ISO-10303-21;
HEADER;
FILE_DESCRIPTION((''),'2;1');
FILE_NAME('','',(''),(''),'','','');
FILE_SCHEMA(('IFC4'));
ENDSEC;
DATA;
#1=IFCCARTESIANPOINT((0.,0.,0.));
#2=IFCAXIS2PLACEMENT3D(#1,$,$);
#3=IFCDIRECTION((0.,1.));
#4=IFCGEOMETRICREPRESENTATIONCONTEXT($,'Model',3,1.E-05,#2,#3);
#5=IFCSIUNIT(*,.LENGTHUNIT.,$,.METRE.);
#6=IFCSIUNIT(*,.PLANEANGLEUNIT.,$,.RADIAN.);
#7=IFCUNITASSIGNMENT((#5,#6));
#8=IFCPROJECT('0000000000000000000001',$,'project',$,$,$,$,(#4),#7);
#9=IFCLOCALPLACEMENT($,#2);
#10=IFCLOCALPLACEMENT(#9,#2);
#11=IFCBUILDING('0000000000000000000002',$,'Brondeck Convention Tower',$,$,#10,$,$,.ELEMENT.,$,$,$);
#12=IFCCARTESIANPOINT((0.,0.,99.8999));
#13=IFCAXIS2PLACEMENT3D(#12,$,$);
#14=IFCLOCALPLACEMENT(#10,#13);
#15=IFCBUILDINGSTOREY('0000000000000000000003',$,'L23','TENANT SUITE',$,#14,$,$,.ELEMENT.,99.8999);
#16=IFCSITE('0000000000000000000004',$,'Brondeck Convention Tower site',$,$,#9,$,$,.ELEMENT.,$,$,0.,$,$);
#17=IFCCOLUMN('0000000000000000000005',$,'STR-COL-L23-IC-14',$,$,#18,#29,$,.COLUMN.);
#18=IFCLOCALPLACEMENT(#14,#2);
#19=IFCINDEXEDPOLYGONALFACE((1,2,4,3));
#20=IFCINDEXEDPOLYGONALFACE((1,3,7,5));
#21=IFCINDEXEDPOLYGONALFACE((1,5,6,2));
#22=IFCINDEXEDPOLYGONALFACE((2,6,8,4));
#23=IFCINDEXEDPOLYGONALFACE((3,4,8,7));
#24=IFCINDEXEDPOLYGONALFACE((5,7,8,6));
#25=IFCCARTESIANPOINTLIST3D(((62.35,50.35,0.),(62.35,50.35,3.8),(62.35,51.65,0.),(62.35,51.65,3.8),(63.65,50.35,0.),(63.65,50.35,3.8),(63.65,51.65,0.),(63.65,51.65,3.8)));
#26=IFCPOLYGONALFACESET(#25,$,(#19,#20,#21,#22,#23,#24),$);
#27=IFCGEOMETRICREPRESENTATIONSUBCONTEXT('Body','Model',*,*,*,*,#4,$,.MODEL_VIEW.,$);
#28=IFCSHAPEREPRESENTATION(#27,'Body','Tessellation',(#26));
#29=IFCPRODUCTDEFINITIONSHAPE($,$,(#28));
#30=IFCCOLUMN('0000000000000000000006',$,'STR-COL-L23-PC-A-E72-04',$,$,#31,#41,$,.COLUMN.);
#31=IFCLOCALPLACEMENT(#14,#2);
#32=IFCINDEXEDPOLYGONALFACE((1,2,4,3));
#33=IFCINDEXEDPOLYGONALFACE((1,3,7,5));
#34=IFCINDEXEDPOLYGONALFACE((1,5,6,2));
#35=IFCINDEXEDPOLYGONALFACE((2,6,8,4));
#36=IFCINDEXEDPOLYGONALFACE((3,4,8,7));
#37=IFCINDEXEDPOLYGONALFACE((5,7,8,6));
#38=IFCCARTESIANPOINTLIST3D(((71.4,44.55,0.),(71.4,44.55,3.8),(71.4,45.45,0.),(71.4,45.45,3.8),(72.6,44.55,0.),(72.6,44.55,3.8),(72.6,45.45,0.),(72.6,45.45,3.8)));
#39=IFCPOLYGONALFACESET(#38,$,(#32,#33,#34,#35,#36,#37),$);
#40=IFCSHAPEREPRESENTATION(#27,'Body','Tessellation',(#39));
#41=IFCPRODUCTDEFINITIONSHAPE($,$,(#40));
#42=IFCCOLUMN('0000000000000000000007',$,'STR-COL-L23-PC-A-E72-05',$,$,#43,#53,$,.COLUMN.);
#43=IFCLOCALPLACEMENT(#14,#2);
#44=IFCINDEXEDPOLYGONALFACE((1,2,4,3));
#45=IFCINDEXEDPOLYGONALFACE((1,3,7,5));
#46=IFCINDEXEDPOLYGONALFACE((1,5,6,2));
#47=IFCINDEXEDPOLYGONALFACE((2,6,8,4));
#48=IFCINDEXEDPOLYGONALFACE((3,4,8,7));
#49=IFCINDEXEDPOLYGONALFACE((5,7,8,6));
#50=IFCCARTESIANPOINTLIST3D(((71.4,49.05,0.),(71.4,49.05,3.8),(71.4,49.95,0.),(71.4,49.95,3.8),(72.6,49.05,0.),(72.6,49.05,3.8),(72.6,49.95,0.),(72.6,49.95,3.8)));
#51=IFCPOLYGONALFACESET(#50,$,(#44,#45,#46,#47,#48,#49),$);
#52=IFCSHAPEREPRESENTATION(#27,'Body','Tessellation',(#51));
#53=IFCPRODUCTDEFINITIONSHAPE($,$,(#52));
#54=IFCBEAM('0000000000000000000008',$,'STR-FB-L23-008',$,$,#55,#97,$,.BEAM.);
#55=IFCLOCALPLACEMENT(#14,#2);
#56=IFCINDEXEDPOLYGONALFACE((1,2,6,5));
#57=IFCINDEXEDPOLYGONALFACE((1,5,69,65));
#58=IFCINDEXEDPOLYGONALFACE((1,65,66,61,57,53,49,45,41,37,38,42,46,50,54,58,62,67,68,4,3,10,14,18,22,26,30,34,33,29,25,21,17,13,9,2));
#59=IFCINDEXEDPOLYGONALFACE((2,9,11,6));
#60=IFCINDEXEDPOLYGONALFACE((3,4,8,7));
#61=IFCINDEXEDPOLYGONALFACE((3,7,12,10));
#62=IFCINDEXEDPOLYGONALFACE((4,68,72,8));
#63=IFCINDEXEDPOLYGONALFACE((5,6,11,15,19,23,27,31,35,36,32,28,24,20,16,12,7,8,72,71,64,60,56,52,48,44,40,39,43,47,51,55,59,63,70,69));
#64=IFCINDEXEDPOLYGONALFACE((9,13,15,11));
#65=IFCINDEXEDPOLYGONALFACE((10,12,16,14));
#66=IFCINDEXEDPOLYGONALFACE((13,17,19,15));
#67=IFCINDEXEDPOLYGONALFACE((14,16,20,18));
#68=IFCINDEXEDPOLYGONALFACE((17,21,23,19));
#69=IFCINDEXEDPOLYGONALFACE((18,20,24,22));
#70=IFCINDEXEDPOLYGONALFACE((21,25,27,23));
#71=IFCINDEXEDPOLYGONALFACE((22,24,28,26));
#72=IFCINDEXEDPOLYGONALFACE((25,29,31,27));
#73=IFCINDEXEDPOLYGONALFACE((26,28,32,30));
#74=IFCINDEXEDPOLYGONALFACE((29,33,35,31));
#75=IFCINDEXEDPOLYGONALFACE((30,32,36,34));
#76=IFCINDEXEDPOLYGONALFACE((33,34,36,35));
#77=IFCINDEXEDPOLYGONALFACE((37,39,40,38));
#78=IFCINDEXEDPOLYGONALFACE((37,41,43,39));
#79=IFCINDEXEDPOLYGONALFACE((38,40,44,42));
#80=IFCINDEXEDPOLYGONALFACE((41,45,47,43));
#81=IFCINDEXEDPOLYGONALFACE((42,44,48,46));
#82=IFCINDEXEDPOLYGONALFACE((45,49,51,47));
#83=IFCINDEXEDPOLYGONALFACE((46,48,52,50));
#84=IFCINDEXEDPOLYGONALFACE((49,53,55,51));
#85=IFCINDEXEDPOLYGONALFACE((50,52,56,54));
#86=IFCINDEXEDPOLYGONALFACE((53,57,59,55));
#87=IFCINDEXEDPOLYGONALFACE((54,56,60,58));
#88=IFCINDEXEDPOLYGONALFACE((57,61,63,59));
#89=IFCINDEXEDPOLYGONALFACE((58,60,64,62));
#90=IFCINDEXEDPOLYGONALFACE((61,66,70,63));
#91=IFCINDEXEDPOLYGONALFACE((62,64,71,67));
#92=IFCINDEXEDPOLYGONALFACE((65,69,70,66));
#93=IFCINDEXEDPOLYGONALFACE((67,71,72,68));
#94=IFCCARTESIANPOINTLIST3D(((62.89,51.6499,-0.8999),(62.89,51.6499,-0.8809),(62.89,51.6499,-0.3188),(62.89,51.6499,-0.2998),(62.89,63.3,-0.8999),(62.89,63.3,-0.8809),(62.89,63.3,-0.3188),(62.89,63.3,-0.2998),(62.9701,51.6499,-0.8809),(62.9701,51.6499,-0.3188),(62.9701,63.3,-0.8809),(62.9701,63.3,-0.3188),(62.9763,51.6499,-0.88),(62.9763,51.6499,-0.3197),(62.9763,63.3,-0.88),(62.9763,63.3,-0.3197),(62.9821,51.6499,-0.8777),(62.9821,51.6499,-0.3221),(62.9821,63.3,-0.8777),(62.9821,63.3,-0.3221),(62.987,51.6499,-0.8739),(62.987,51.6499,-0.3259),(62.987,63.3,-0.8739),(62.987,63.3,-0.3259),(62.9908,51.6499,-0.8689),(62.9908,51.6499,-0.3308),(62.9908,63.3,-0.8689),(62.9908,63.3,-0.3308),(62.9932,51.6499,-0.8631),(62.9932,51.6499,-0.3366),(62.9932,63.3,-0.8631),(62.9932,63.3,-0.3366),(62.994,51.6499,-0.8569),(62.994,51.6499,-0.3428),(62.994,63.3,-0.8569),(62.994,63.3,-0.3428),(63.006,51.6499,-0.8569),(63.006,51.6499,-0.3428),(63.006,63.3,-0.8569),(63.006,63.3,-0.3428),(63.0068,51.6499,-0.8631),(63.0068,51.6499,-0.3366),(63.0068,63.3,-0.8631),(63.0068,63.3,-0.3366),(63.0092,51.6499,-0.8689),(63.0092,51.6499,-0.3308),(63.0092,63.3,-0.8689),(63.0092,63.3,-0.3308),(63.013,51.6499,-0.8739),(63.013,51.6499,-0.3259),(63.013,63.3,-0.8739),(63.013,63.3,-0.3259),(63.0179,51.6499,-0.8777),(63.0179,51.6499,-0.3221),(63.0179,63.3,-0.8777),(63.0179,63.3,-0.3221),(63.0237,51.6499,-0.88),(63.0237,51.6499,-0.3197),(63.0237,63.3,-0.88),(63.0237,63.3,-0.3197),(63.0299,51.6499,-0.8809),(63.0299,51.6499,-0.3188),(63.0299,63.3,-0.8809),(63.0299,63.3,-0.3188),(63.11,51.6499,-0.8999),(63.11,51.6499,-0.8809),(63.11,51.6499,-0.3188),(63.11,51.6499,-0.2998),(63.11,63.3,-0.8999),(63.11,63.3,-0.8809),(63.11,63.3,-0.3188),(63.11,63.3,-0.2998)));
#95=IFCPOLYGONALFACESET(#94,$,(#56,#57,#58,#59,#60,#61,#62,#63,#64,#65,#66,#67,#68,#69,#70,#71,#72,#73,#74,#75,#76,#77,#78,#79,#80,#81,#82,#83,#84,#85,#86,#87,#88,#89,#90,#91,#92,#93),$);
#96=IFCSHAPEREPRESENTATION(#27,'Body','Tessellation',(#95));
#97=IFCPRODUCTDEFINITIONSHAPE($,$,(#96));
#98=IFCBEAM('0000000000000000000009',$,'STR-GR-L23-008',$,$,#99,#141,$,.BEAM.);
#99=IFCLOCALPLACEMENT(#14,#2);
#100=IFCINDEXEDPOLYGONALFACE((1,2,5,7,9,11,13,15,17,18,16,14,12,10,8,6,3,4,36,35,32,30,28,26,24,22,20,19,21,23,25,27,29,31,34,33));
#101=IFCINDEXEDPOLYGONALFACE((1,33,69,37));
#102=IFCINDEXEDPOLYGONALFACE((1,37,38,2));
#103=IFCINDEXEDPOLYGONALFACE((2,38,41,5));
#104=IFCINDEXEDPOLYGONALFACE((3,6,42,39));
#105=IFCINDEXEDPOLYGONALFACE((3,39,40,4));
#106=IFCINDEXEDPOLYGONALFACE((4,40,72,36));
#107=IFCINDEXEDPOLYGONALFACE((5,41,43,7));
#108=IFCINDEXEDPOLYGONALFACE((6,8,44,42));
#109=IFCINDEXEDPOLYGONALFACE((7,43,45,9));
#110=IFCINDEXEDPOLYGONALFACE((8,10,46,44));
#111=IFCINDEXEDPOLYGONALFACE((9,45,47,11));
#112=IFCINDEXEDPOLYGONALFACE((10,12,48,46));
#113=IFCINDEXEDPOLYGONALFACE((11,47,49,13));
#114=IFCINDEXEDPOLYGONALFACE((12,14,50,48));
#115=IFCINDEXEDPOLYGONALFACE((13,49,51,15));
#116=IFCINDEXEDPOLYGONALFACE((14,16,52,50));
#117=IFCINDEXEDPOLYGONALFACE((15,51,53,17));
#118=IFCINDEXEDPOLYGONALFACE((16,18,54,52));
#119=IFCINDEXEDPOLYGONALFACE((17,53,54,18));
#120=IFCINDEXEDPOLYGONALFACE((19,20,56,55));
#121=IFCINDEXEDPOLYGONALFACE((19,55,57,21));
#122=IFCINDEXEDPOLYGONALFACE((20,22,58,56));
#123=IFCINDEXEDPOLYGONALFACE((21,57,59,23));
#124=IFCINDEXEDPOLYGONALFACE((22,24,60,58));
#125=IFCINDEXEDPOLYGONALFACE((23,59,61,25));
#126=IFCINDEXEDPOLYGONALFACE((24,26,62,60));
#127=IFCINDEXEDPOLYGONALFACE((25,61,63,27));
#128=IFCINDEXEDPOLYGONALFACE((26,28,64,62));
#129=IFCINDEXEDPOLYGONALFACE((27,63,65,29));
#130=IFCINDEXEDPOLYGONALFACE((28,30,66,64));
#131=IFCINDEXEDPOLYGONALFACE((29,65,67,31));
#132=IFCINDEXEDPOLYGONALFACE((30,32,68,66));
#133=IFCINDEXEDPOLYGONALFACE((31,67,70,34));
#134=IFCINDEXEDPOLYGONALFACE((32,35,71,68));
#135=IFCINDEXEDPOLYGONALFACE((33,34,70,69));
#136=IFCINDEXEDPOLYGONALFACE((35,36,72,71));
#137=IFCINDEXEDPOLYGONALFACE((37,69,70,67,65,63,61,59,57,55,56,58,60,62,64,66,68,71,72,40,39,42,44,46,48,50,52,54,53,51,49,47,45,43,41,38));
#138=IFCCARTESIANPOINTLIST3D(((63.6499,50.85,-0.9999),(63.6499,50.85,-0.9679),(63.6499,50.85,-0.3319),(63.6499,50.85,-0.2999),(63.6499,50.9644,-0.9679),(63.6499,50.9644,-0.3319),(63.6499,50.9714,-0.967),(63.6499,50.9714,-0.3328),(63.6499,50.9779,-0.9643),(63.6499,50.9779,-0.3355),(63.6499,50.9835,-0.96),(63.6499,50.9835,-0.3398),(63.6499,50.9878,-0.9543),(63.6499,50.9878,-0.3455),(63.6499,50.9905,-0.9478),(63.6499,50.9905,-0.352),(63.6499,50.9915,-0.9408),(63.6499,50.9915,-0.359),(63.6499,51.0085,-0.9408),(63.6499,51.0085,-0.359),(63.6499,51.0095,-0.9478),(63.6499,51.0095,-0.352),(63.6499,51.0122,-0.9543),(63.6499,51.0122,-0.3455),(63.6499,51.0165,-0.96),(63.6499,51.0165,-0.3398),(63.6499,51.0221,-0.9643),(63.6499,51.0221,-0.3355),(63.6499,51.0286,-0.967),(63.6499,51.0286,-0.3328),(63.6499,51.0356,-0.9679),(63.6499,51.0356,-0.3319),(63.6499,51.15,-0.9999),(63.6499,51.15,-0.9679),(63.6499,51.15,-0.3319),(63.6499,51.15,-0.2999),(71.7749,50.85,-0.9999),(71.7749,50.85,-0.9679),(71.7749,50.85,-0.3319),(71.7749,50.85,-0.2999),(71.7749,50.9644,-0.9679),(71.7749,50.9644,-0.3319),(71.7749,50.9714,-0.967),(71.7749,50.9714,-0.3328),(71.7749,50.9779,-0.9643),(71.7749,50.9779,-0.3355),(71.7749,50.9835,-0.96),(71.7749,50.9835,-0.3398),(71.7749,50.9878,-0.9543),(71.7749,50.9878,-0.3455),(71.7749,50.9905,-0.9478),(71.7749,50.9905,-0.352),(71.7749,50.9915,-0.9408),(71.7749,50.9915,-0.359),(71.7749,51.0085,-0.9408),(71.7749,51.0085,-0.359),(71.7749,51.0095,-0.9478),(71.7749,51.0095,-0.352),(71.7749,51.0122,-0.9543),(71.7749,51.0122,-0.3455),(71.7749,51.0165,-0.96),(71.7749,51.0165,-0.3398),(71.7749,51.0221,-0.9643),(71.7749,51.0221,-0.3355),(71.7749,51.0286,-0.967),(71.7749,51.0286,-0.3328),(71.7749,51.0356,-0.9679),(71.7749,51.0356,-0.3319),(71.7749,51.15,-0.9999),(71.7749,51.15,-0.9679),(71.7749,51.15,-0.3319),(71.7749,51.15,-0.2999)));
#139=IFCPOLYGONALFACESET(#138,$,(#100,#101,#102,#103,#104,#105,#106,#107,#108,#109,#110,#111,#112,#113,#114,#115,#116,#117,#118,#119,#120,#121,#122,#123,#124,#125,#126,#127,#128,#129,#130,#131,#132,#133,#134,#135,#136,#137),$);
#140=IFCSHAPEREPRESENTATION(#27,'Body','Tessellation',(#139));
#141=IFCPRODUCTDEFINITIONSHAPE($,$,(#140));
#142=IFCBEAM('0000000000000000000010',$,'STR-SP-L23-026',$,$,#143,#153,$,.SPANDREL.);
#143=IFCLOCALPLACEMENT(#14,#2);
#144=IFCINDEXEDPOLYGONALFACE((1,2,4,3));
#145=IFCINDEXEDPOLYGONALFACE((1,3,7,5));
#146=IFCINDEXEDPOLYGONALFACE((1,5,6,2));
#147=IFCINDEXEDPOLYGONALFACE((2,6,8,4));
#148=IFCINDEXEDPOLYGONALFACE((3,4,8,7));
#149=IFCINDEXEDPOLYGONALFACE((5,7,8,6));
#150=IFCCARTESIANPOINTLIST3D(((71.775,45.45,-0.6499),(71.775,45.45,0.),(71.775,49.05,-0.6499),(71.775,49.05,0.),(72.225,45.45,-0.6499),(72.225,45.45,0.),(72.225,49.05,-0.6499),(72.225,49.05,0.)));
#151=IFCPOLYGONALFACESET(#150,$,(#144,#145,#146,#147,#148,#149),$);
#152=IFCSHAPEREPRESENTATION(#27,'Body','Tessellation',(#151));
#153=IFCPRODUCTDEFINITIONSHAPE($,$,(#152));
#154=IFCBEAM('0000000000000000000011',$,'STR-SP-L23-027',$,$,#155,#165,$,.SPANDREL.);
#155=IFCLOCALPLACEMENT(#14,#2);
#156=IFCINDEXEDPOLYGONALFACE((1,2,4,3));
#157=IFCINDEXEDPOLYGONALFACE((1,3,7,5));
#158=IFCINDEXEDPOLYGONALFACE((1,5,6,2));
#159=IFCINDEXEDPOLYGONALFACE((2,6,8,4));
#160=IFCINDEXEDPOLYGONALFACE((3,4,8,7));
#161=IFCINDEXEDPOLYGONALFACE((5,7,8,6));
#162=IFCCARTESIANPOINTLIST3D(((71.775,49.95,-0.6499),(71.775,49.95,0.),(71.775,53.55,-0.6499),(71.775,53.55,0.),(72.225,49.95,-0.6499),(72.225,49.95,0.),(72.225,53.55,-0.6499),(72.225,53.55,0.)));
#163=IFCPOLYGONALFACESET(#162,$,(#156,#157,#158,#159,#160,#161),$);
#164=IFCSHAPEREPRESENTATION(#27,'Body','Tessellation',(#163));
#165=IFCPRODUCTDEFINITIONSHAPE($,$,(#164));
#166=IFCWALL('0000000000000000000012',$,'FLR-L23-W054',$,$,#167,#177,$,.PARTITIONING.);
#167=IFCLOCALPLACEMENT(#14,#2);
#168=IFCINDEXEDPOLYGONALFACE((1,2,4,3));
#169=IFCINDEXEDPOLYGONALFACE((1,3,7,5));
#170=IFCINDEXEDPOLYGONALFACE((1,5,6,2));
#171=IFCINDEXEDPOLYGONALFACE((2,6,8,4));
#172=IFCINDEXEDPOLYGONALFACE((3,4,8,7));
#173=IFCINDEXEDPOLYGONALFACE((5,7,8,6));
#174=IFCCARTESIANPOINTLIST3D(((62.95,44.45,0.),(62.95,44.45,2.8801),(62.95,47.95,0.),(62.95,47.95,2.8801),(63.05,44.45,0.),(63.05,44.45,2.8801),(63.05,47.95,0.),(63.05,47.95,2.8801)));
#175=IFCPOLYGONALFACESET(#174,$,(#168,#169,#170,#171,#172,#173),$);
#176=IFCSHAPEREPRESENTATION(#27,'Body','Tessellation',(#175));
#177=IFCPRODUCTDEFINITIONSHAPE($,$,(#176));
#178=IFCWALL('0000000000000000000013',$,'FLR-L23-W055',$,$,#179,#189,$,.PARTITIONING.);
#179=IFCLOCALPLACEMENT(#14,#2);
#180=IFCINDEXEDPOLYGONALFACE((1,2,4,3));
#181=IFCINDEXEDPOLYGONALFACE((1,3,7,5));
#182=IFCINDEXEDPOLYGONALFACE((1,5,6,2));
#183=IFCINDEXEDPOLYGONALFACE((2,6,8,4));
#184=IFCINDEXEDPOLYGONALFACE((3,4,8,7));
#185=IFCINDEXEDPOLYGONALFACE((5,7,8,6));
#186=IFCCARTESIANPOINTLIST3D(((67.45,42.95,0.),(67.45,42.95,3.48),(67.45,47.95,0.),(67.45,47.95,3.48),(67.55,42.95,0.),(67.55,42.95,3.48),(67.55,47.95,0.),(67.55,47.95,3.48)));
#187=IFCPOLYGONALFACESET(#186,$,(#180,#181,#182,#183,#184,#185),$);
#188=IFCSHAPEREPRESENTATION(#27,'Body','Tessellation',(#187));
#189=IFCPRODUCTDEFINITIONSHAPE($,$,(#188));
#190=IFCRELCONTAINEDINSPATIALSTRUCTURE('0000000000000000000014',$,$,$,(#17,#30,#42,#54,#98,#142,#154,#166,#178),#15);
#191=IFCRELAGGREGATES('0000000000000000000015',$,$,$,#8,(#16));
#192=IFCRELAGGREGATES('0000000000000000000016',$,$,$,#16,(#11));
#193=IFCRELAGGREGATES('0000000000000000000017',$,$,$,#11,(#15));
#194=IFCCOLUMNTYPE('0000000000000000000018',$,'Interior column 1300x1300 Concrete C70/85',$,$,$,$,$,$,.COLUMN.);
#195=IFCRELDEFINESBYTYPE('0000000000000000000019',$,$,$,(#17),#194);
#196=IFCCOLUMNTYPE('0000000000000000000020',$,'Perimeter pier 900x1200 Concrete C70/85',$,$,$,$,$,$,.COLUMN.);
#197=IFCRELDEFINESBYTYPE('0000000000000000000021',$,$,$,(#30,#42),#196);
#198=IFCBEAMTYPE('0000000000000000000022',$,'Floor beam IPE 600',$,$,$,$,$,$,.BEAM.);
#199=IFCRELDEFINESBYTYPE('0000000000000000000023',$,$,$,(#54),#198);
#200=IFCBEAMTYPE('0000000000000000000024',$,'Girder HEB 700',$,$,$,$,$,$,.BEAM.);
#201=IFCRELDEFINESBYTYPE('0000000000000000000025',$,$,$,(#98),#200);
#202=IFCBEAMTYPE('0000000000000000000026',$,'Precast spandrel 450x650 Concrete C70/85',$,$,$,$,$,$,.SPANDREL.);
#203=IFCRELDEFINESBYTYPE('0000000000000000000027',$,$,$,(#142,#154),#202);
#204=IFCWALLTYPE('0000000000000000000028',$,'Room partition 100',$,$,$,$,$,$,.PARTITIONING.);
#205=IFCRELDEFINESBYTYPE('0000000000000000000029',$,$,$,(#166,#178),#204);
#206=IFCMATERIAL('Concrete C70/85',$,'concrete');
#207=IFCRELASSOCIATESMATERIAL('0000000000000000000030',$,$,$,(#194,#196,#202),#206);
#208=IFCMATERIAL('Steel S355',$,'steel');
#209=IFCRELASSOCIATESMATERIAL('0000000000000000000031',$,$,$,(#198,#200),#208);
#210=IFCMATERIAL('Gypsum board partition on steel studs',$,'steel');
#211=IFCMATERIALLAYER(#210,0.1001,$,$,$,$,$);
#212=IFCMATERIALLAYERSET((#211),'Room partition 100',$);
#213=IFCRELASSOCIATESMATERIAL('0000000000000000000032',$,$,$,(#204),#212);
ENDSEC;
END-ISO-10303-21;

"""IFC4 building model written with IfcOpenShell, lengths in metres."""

from ifc_helpers import new_model, si_unit, direction, frame, frame_2d, origin, origin_2d, place, context, subcontext, project, spatial, rectangle, i_section, extrude, material, layer, layer_set, material_profile, profile_set, type_object, element, save


model = new_model("IFC4")

# Units and contexts
model_context = context("Model", 3, precision=1e-05, world=origin(), true_north=direction((0.0, 1.0)))
body_context = subcontext(model_context, "Body", "Model", "MODEL_VIEW")
ifc_project = project(units=[si_unit("LENGTHUNIT", "METRE"), si_unit("PLANEANGLEUNIT", "RADIAN")], contexts=[model_context])

# Site, building, storey
site_placement = place(None, origin())
site = spatial("IfcSite", under=ifc_project, at=site_placement, Name="Brondeck Convention Tower site", CompositionType="ELEMENT", RefElevation=0.0)
building_placement = place(site_placement, origin())
building = spatial("IfcBuilding", under=site, at=building_placement, Name="Brondeck Convention Tower", CompositionType="ELEMENT")
storey_placement = place(building_placement, frame((0.0, 0.0, 99.8999)))
storey = spatial("IfcBuildingStorey", under=building, at=storey_placement, Name="L23", Description="TENANT SUITE", CompositionType="ELEMENT", Elevation=99.8999)

# Columns
ifc_material_1 = material(Name="Concrete C70/85", Category="concrete")
ifc_material_profile_1 = material_profile(ifc_material_1, rectangle(XDim=1.3, YDim=1.3, at=origin_2d()), Name="Interior column 1300x1300 Concrete C70/85")
ifc_profile_set_1 = profile_set([ifc_material_profile_1], Name="Concrete C70/85")
column_type_1 = type_object("IfcColumnType", Name="Interior column 1300x1300 Concrete C70/85", PredefinedType="COLUMN", material=ifc_profile_set_1)
column_placement = place(storey_placement, frame((63.0, 51.0, 0.0), z_axis=(0.0, 0.0, 1.0), x_axis=(1.0, 0.0, 0.0)))
element("IfcColumn", 1, at=column_placement, inside=storey, type_object=column_type_1, Name="STR-COL-L23-IC-14", PredefinedType="COLUMN", context=body_context, shape_type="SweptSolid", body=[
    extrude(rectangle(XDim=1.3, YDim=1.3, at=origin_2d()), origin(), (0.0, 0.0, 1.0), 3.8),
])
ifc_material_profile_2 = material_profile(ifc_material_1, rectangle(XDim=0.8999, YDim=1.2, at=origin_2d()), Name="Perimeter pier 900x1200 Concrete C70/85")
ifc_profile_set_2 = profile_set([ifc_material_profile_2], Name="Concrete C70/85")
column_type_2 = type_object("IfcColumnType", Name="Perimeter pier 900x1200 Concrete C70/85", PredefinedType="COLUMN", material=ifc_profile_set_2)
for number, where, z_axis, x_axis, name in (
    (2, (72.0, 45.0, 0.0), (0.0, 0.0, 1.0), (0.0, 1.0, 0.0), "STR-COL-L23-PC-A-E72-04"),
    (3, (72.0, 49.5, 0.0), (0.0, 0.0, 1.0), (0.0, 1.0, 0.0), "STR-COL-L23-PC-A-E72-05"),
):
    element("IfcColumn", number, at=place(storey_placement, frame(where, z_axis=z_axis, x_axis=x_axis)), inside=storey, type_object=column_type_2, Name=name, PredefinedType="COLUMN", context=body_context, shape_type="SweptSolid", body=[
        extrude(rectangle(XDim=0.8999, YDim=1.2, at=origin_2d()), origin(), (0.0, 0.0, 1.0), 3.8),
    ])

# Beams
ifc_material_2 = material(Name="Steel S355", Category="steel")
ifc_material_profile_3 = material_profile(ifc_material_2, i_section(OverallWidth=0.22, OverallDepth=0.6001, WebThickness=0.012, FlangeThickness=0.019, FilletRadius=0.0239, at=origin_2d()), Name="IPE 600")
ifc_profile_set_3 = profile_set([ifc_material_profile_3], Name="Steel S355")
beam_type_1 = type_object("IfcBeamType", Name="Floor beam IPE 600", PredefinedType="BEAM", material=ifc_profile_set_3)
beam_1_placement = place(storey_placement, frame((63.0, 51.6499, -0.5999), z_axis=(0.0, 1.0, 0.0), x_axis=(-1.0, 0.0, 0.0)))
element("IfcBeam", 4, at=beam_1_placement, inside=storey, type_object=beam_type_1, Name="STR-FB-L23-008", PredefinedType="BEAM", context=body_context, shape_type="SweptSolid", body=[
    extrude(i_section(OverallWidth=0.22, OverallDepth=0.6001, WebThickness=0.012, FlangeThickness=0.019, FilletRadius=0.0239, at=origin_2d()), origin(), (0.0, 0.0, 1.0), 11.6501),
])
ifc_material_profile_4 = material_profile(ifc_material_2, i_section(OverallWidth=0.3, OverallDepth=0.7, WebThickness=0.0171, FlangeThickness=0.032, FilletRadius=0.0271, at=origin_2d()), Name="HEB 700")
ifc_profile_set_4 = profile_set([ifc_material_profile_4], Name="Steel S355")
beam_type_2 = type_object("IfcBeamType", Name="Girder HEB 700", PredefinedType="BEAM", material=ifc_profile_set_4)
beam_2_placement = place(storey_placement, frame((63.6499, 51.0, -0.6499), z_axis=(1.0, 0.0, 0.0), x_axis=(0.0, 1.0, 0.0)))
element("IfcBeam", 5, at=beam_2_placement, inside=storey, type_object=beam_type_2, Name="STR-GR-L23-008", PredefinedType="BEAM", context=body_context, shape_type="SweptSolid", body=[
    extrude(i_section(OverallWidth=0.3, OverallDepth=0.7, WebThickness=0.0171, FlangeThickness=0.032, FilletRadius=0.0271, at=origin_2d()), origin(), (0.0, 0.0, 1.0), 8.125),
])
ifc_material_profile_5 = material_profile(ifc_material_1, rectangle(XDim=0.45, YDim=0.6499, at=origin_2d()), Name="Precast spandrel 450x650 Concrete C70/85")
ifc_profile_set_5 = profile_set([ifc_material_profile_5], Name="Concrete C70/85")
beam_type_3 = type_object("IfcBeamType", Name="Precast spandrel 450x650 Concrete C70/85", PredefinedType="SPANDREL", material=ifc_profile_set_5)
for number, where, z_axis, x_axis, name in (
    (6, (72.0, 45.45, -0.325), (0.0, 1.0, 0.0), (-1.0, 0.0, 0.0), "STR-SP-L23-026"),
    (7, (72.0, 49.95, -0.325), (0.0, 1.0, 0.0), (-1.0, 0.0, 0.0), "STR-SP-L23-027"),
):
    element("IfcBeam", number, at=place(storey_placement, frame(where, z_axis=z_axis, x_axis=x_axis)), inside=storey, type_object=beam_type_3, Name=name, PredefinedType="SPANDREL", context=body_context, shape_type="SweptSolid", body=[
        extrude(rectangle(XDim=0.45, YDim=0.6499, at=origin_2d()), origin(), (0.0, 0.0, 1.0), 3.6001),
    ])

# Walls
ifc_material_3 = material(Name="Gypsum board partition on steel studs", Category="steel")
ifc_layer = layer(ifc_material_3, 0.1001)
ifc_layer_set = layer_set([ifc_layer], Name="Room partition 100")
wall_type = type_object("IfcWallType", Name="Room partition 100", PredefinedType="PARTITIONING", material=ifc_layer_set)
wall_1_placement = place(storey_placement, frame((63.0, 47.95, 0.0), z_axis=(0.0, 0.0, 1.0), x_axis=(0.0, -1.0, 0.0)))
element("IfcWall", 8, at=wall_1_placement, inside=storey, type_object=wall_type, Name="FLR-L23-W054", PredefinedType="PARTITIONING", context=body_context, shape_type="SweptSolid", body=[
    extrude(rectangle(XDim=3.5, YDim=0.1001, at=frame_2d((1.75, 0.0))), origin(), (0.0, 0.0, 1.0), 2.8801),
])
wall_2_placement = place(storey_placement, frame((67.5, 47.95, 0.0), z_axis=(0.0, 0.0, 1.0), x_axis=(0.0, -1.0, 0.0)))
element("IfcWall", 9, at=wall_2_placement, inside=storey, type_object=wall_type, Name="FLR-L23-W055", PredefinedType="PARTITIONING", context=body_context, shape_type="SweptSolid", body=[
    extrude(rectangle(XDim=5.0, YDim=0.1001, at=frame_2d((2.5, 0.0))), origin(), (0.0, 0.0, 1.0), 3.48),
])

save(model, "model.ifc")
